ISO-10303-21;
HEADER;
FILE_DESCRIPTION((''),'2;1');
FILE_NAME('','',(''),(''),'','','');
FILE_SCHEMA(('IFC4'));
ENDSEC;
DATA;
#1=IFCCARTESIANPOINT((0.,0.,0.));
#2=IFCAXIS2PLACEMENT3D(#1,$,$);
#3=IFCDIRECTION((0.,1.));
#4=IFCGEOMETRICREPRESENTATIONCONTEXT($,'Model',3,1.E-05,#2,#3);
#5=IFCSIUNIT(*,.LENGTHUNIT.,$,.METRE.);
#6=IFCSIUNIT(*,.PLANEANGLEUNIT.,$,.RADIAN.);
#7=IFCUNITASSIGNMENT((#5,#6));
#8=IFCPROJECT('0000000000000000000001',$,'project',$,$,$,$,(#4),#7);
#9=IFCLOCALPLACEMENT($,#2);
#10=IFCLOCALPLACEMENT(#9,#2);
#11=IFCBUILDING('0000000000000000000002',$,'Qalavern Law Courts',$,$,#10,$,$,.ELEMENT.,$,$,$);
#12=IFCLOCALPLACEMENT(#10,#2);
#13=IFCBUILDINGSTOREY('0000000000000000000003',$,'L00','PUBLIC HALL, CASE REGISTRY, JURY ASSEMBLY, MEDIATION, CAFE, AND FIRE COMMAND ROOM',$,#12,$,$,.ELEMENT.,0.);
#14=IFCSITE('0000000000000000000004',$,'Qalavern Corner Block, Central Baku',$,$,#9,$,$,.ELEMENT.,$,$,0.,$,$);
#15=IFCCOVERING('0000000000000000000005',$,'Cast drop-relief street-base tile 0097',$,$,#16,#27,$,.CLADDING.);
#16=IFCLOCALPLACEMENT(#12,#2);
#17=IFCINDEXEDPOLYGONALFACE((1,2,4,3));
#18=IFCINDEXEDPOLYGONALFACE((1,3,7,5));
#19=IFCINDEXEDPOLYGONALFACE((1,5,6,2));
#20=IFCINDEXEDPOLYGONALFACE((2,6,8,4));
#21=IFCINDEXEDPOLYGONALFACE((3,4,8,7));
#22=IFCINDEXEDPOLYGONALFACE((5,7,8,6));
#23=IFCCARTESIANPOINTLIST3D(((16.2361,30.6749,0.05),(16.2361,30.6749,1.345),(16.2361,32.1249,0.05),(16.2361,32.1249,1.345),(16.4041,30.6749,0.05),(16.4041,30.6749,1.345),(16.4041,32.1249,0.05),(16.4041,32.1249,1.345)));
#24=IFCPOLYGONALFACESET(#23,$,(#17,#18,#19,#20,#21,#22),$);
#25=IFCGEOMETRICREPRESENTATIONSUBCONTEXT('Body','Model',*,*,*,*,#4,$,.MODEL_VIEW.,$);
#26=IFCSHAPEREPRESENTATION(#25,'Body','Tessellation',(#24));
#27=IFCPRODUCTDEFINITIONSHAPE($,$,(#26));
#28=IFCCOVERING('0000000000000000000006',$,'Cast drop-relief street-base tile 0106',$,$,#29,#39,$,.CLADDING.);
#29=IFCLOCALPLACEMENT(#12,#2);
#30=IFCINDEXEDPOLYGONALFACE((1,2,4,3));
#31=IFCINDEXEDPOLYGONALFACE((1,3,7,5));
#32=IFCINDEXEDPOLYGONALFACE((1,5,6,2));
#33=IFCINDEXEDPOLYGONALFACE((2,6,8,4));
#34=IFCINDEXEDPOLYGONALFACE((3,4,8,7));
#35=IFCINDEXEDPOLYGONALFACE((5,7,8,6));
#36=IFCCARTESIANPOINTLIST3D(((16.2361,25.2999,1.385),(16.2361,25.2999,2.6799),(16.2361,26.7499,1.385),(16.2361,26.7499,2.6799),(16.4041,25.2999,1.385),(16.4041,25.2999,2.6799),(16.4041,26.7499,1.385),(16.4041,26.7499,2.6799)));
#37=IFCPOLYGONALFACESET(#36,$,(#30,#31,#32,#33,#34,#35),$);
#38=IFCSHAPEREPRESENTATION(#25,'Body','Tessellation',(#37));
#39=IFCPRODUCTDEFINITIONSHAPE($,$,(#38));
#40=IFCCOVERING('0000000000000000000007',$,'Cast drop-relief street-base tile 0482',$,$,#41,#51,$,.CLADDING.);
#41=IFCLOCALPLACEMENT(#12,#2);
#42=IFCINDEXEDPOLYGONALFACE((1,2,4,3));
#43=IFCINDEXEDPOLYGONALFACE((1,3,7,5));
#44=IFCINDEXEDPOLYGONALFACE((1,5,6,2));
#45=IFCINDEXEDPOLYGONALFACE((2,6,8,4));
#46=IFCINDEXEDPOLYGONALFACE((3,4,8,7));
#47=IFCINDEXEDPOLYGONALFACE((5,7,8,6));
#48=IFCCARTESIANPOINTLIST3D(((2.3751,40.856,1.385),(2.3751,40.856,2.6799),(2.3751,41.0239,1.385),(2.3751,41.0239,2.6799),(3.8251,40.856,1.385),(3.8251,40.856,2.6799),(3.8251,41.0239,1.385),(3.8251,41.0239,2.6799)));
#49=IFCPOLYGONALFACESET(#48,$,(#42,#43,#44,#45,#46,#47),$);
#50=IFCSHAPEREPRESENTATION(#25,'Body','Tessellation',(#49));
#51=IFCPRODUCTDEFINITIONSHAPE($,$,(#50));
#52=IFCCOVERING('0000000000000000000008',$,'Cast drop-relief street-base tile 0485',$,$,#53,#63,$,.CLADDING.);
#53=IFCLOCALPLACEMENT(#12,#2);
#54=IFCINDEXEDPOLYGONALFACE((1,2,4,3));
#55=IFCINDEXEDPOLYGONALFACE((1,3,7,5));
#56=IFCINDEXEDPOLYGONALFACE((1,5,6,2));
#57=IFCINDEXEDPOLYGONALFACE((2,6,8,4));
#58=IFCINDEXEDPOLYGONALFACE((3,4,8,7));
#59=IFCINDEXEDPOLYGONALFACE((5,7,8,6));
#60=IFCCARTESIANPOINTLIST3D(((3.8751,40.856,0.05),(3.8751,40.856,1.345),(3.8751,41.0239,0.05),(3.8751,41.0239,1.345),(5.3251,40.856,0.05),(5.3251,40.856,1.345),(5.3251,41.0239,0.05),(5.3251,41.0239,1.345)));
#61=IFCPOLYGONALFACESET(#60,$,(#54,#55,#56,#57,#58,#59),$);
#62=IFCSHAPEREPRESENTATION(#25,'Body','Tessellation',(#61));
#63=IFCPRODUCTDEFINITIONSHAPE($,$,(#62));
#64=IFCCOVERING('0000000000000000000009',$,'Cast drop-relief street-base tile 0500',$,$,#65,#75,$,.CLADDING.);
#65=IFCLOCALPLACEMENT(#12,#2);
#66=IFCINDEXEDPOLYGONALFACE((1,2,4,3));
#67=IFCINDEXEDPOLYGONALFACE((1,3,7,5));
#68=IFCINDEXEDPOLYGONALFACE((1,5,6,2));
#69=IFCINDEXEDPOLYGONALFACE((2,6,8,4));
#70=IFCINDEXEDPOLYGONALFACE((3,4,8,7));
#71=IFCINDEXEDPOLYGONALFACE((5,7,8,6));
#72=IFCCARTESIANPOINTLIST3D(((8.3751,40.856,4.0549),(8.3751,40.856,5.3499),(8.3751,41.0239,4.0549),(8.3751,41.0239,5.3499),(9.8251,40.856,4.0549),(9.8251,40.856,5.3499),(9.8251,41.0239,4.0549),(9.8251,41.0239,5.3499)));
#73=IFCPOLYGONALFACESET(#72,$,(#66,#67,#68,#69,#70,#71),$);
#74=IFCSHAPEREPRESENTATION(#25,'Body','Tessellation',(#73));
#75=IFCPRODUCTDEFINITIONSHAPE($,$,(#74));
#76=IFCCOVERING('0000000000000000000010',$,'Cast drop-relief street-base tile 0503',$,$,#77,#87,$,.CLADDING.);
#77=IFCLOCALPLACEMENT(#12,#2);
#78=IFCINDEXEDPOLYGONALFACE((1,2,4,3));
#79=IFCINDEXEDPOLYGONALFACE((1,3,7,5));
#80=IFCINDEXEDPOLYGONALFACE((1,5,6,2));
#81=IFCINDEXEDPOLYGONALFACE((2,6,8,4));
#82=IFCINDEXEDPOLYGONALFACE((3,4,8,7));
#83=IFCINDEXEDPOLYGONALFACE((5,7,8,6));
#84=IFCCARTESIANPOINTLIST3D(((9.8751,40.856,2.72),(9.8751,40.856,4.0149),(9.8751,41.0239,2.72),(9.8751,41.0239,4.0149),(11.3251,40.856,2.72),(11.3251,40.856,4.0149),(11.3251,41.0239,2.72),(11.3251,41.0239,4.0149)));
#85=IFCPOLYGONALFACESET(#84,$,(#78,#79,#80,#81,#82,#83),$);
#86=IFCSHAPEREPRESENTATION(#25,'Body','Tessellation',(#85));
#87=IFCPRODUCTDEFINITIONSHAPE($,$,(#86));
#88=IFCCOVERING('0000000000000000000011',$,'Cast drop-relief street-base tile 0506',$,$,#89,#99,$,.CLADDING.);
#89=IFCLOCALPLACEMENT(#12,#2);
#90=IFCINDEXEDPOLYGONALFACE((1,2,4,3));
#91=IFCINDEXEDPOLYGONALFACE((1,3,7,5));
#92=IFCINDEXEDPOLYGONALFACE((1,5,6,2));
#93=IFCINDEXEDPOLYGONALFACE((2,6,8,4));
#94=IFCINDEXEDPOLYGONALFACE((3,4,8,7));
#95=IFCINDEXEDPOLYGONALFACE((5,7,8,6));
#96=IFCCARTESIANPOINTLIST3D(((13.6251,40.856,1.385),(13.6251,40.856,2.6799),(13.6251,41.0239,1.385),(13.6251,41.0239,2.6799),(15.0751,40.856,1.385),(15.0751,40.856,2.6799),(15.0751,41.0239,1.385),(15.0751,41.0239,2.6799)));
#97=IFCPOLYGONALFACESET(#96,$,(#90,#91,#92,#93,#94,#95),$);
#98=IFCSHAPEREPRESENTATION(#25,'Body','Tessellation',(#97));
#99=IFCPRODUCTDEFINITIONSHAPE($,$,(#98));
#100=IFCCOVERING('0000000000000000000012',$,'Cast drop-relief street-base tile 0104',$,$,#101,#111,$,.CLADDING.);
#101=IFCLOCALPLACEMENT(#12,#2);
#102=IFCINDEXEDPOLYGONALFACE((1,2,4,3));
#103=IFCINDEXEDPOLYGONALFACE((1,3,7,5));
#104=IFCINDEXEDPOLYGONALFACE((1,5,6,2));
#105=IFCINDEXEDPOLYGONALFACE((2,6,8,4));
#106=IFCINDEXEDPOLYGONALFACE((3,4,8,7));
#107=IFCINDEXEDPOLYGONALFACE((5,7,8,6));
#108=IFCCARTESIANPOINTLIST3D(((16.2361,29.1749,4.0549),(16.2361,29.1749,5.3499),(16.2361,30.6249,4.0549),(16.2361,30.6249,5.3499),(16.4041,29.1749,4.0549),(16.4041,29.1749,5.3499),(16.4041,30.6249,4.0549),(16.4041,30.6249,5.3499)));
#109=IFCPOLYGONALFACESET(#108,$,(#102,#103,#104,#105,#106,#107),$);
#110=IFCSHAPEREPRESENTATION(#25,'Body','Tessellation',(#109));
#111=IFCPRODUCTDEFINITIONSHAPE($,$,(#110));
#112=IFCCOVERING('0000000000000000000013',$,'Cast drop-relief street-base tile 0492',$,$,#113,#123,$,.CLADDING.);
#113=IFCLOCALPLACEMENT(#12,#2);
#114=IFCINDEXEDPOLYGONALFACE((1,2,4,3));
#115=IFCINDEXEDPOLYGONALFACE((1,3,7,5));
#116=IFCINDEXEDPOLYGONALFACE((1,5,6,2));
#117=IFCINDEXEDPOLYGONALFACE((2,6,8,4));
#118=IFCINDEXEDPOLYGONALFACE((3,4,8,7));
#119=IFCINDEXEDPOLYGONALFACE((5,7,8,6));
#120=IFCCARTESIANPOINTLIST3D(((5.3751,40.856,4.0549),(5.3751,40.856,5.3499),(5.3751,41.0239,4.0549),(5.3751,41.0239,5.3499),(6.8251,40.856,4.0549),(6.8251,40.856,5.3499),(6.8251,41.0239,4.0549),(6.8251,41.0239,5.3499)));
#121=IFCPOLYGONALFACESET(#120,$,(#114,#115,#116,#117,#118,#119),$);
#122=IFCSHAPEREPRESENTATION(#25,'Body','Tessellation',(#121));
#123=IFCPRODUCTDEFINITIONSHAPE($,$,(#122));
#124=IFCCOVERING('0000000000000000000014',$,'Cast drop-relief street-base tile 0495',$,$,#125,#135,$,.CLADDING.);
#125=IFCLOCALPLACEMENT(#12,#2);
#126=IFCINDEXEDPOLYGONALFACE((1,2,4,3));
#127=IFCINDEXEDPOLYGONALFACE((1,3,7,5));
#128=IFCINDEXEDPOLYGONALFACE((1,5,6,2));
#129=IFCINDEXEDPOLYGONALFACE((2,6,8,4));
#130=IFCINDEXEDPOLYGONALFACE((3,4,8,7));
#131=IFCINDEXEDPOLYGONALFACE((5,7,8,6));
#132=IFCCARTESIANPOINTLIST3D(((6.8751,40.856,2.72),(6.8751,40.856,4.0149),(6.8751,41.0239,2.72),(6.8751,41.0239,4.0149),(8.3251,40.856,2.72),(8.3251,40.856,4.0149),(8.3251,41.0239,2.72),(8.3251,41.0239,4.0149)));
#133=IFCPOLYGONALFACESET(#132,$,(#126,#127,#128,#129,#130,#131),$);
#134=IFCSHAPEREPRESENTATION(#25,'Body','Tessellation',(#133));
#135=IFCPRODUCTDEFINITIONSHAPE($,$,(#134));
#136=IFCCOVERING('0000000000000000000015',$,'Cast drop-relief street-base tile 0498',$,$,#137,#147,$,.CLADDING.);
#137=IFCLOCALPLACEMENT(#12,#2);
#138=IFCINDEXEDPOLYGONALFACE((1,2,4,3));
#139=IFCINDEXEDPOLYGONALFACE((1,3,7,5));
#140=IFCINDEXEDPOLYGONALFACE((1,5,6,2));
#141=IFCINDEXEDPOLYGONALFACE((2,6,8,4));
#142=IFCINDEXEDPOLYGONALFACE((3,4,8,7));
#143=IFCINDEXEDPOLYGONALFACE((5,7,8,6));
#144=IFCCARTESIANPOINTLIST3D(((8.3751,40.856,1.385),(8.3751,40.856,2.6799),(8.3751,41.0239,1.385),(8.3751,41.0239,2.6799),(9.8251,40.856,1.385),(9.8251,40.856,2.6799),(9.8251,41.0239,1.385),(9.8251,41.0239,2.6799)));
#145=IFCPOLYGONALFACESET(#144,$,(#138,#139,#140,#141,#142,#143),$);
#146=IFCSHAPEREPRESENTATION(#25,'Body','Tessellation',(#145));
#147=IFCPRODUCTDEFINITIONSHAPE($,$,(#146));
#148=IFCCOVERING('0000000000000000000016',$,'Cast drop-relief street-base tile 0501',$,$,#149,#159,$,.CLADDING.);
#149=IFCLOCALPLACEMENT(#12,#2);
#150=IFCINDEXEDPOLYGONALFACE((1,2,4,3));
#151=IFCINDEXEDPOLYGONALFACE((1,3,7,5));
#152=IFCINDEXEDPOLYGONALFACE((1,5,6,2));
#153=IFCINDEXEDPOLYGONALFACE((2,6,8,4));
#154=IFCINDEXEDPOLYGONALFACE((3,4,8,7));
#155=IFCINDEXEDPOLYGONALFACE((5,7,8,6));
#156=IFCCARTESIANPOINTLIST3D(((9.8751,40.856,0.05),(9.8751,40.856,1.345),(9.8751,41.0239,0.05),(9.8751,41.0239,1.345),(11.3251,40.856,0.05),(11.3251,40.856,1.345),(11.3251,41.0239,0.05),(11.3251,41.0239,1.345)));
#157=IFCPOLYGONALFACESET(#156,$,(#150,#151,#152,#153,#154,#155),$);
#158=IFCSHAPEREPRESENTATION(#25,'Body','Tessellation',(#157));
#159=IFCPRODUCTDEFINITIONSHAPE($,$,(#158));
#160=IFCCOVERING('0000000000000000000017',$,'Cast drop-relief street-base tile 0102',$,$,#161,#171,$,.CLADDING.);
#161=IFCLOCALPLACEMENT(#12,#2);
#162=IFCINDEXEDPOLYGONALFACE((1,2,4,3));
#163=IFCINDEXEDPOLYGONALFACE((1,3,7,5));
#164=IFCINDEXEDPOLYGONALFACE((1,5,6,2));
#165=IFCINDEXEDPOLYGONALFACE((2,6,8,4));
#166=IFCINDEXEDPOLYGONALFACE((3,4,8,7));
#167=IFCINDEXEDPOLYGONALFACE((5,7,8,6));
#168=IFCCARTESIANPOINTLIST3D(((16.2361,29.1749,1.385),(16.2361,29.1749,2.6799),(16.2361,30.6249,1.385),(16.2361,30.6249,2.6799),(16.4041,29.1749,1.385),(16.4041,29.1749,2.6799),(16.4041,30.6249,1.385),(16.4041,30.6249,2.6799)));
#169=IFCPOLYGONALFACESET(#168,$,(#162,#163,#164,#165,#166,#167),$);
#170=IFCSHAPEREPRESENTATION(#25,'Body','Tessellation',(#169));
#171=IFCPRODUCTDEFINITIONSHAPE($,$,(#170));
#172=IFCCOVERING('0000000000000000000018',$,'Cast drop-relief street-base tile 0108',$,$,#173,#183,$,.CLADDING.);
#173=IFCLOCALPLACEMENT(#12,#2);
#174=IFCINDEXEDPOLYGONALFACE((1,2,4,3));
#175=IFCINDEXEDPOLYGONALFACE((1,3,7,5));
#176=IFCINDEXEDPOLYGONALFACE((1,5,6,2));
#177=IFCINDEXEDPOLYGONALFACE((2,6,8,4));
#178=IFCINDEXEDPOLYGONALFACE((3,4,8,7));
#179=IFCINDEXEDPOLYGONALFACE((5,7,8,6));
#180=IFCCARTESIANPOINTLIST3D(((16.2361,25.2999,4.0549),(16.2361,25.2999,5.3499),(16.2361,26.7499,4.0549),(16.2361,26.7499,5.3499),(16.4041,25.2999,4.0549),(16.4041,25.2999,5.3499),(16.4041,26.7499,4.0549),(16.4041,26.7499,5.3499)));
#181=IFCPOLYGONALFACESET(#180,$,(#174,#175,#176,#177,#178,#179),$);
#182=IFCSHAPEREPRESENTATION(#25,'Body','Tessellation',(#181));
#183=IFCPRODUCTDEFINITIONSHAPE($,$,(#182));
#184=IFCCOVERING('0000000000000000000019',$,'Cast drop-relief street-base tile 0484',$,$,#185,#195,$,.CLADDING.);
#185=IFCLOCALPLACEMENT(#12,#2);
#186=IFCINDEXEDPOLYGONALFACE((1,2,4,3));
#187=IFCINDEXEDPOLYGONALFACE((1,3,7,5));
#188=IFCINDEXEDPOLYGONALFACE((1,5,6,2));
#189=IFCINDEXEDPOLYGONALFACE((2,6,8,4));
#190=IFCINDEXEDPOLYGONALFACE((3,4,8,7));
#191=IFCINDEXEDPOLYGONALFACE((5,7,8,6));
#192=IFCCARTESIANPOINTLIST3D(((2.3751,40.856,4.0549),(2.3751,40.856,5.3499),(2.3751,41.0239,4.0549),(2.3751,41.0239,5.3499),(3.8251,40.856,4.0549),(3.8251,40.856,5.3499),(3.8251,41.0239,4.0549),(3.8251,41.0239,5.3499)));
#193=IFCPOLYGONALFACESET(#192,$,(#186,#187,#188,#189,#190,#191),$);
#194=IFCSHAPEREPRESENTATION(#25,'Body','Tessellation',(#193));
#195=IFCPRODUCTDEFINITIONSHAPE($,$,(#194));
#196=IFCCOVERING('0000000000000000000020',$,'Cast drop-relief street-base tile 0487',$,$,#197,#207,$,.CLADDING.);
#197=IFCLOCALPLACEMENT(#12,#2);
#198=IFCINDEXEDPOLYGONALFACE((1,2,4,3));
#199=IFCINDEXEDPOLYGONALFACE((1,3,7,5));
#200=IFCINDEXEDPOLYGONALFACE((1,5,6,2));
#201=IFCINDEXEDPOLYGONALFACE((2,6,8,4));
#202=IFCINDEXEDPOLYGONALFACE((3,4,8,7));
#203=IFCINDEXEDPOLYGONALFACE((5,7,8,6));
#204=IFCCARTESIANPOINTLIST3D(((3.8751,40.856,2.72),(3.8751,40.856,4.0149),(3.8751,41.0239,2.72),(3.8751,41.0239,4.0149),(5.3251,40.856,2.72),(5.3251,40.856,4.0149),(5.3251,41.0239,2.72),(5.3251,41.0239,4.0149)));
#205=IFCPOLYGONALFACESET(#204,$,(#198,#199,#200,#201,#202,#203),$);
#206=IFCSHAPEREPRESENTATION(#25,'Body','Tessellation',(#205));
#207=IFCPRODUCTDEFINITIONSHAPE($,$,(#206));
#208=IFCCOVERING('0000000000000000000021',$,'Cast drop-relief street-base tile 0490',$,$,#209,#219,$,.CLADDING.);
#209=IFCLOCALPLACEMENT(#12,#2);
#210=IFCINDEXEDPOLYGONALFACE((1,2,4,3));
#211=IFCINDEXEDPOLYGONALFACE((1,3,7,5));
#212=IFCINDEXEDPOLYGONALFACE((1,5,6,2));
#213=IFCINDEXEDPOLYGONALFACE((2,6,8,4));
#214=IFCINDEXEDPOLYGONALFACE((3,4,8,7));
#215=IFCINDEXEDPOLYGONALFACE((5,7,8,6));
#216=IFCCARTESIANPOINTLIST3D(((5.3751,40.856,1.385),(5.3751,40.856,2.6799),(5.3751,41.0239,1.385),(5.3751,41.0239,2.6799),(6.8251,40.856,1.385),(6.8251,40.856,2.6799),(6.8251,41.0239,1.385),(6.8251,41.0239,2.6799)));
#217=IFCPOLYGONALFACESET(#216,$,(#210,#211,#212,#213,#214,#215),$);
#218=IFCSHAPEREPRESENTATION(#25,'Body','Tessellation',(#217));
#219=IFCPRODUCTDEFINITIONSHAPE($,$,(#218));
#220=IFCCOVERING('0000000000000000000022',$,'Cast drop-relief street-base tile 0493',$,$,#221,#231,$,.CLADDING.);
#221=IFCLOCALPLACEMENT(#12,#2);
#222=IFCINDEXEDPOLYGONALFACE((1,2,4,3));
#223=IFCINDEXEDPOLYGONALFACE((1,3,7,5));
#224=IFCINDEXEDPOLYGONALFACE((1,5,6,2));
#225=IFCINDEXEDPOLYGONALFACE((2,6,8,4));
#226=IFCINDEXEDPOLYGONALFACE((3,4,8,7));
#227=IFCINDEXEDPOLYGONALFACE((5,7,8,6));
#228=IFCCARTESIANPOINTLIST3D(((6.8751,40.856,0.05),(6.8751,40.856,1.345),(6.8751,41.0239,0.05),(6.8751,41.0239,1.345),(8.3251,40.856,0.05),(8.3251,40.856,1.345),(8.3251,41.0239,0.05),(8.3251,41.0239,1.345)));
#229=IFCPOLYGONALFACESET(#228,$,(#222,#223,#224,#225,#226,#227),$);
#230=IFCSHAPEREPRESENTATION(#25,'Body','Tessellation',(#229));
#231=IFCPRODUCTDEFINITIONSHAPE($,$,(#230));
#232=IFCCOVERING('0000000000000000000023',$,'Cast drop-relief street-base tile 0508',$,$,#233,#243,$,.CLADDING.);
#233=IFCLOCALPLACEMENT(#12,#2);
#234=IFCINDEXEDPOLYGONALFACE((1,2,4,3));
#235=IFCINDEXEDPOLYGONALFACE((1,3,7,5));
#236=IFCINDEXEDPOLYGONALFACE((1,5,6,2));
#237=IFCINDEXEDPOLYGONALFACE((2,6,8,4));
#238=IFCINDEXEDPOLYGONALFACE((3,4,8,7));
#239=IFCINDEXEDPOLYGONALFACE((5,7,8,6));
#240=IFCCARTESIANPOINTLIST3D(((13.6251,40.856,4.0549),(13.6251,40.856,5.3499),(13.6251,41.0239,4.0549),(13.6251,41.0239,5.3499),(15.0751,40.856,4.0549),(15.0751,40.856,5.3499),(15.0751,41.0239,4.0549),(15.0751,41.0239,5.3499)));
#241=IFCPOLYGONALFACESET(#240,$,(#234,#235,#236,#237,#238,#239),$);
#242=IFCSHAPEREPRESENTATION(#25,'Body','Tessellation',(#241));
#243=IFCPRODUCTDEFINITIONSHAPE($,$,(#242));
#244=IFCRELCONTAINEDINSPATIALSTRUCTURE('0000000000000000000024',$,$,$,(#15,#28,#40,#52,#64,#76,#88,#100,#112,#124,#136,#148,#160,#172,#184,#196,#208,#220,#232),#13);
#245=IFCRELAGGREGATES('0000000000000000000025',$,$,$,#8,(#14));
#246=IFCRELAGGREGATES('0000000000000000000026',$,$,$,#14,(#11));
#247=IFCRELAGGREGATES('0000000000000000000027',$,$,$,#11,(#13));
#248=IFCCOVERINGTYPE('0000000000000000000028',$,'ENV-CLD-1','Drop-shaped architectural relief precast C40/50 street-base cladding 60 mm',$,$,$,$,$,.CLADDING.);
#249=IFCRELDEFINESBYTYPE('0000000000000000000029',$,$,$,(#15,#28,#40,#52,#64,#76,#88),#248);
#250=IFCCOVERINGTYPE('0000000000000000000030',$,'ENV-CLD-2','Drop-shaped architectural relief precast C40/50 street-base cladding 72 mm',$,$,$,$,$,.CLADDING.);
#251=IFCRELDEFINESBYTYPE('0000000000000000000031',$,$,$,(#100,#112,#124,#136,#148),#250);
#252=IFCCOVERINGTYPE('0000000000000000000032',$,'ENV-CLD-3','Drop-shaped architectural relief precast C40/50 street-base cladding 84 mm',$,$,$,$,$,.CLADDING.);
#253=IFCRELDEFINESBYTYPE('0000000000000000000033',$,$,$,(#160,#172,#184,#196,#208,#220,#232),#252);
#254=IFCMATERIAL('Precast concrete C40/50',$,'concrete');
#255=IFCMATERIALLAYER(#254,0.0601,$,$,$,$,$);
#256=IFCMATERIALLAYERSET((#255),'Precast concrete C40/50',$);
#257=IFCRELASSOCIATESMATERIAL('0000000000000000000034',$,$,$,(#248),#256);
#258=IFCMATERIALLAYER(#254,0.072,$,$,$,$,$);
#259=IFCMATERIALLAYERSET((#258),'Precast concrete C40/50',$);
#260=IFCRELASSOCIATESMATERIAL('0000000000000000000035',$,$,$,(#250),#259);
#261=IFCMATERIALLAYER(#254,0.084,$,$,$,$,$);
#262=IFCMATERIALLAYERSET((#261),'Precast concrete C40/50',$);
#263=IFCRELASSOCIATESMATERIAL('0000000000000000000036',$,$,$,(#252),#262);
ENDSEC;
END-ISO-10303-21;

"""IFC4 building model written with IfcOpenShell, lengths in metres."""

from ifc_helpers import new_model, si_unit, direction, frame, origin, origin_2d, place, context, subcontext, project, spatial, rectangle, extrude, material, layer, layer_set, type_object, element, save


model = new_model("IFC4")

# Units and contexts
model_context = context("Model", 3, precision=1e-05, world=origin(), true_north=direction((0.0, 1.0)))
body_context = subcontext(model_context, "Body", "Model", "MODEL_VIEW")
ifc_project = project(units=[si_unit("LENGTHUNIT", "METRE"), si_unit("PLANEANGLEUNIT", "RADIAN")], contexts=[model_context])

# Site, building, storey
site_placement = place(None, origin())
site = spatial("IfcSite", under=ifc_project, at=site_placement, Name="Qalavern Corner Block, Central Baku", CompositionType="ELEMENT", RefElevation=0.0)
building_placement = place(site_placement, origin())
building = spatial("IfcBuilding", under=site, at=building_placement, Name="Qalavern Law Courts", CompositionType="ELEMENT")
storey_placement = place(building_placement, origin())
storey = spatial("IfcBuildingStorey", under=building, at=storey_placement, Name="L00", Description="PUBLIC HALL, CASE REGISTRY, JURY ASSEMBLY, MEDIATION, CAFE, AND FIRE COMMAND ROOM", CompositionType="ELEMENT", Elevation=0.0)

# Coverings
ifc_material = material(Name="Precast concrete C40/50", Category="concrete")
ifc_layer_1 = layer(ifc_material, 0.0601)
ifc_layer_set_1 = layer_set([ifc_layer_1], Name="Precast concrete C40/50")
covering_type_1 = type_object("IfcCoveringType", Name="ENV-CLD-1", Description="Drop-shaped architectural relief precast C40/50 street-base cladding 60 mm", PredefinedType="CLADDING", material=ifc_layer_set_1)
for number, where, z_axis, x_axis, name in (
    (1, (16.3201, 31.3999, 0.05), (0.0, 0.0, 1.0), (0.0, -1.0, 0.0), "Cast drop-relief street-base tile 0097"),
    (2, (16.3201, 26.0249, 1.385), (0.0, 0.0, 1.0), (0.0, -1.0, 0.0), "Cast drop-relief street-base tile 0106"),
    (3, (3.1001, 40.9399, 1.385), (0.0, 0.0, 1.0), (1.0, 0.0, 0.0), "Cast drop-relief street-base tile 0482"),
    (4, (4.6001, 40.9399, 0.05), (0.0, 0.0, 1.0), (1.0, 0.0, 0.0), "Cast drop-relief street-base tile 0485"),
    (5, (9.1001, 40.9399, 4.0549), (0.0, 0.0, 1.0), (1.0, 0.0, 0.0), "Cast drop-relief street-base tile 0500"),
    (6, (10.6001, 40.9399, 2.72), (0.0, 0.0, 1.0), (1.0, 0.0, 0.0), "Cast drop-relief street-base tile 0503"),
    (7, (14.3501, 40.9399, 1.385), (0.0, 0.0, 1.0), (1.0, 0.0, 0.0), "Cast drop-relief street-base tile 0506"),
):
    element("IfcCovering", number, at=place(storey_placement, frame(where, z_axis=z_axis, x_axis=x_axis)), inside=storey, type_object=covering_type_1, Name=name, PredefinedType="CLADDING", context=body_context, shape_type="SweptSolid", body=[
        extrude(rectangle(XDim=1.45, YDim=0.168, at=origin_2d()), origin(), (0.0, 0.0, 1.0), 1.2949),
    ])
ifc_layer_2 = layer(ifc_material, 0.072)
ifc_layer_set_2 = layer_set([ifc_layer_2], Name="Precast concrete C40/50")
covering_type_2 = type_object("IfcCoveringType", Name="ENV-CLD-2", Description="Drop-shaped architectural relief precast C40/50 street-base cladding 72 mm", PredefinedType="CLADDING", material=ifc_layer_set_2)
for number, where, z_axis, x_axis, name in (
    (8, (16.3201, 29.8999, 4.0549), (0.0, 0.0, 1.0), (0.0, -1.0, 0.0), "Cast drop-relief street-base tile 0104"),
    (9, (6.1001, 40.9399, 4.0549), (0.0, 0.0, 1.0), (1.0, 0.0, 0.0), "Cast drop-relief street-base tile 0492"),
    (10, (7.6001, 40.9399, 2.72), (0.0, 0.0, 1.0), (1.0, 0.0, 0.0), "Cast drop-relief street-base tile 0495"),
    (11, (9.1001, 40.9399, 1.385), (0.0, 0.0, 1.0), (1.0, 0.0, 0.0), "Cast drop-relief street-base tile 0498"),
    (12, (10.6001, 40.9399, 0.05), (0.0, 0.0, 1.0), (1.0, 0.0, 0.0), "Cast drop-relief street-base tile 0501"),
):
    element("IfcCovering", number, at=place(storey_placement, frame(where, z_axis=z_axis, x_axis=x_axis)), inside=storey, type_object=covering_type_2, Name=name, PredefinedType="CLADDING", context=body_context, shape_type="SweptSolid", body=[
        extrude(rectangle(XDim=1.45, YDim=0.168, at=origin_2d()), origin(), (0.0, 0.0, 1.0), 1.2949),
    ])
ifc_layer_3 = layer(ifc_material, 0.084)
ifc_layer_set_3 = layer_set([ifc_layer_3], Name="Precast concrete C40/50")
covering_type_3 = type_object("IfcCoveringType", Name="ENV-CLD-3", Description="Drop-shaped architectural relief precast C40/50 street-base cladding 84 mm", PredefinedType="CLADDING", material=ifc_layer_set_3)
for number, where, z_axis, x_axis, name in (
    (13, (16.3201, 29.8999, 1.385), (0.0, 0.0, 1.0), (0.0, -1.0, 0.0), "Cast drop-relief street-base tile 0102"),
    (14, (16.3201, 26.0249, 4.0549), (0.0, 0.0, 1.0), (0.0, -1.0, 0.0), "Cast drop-relief street-base tile 0108"),
    (15, (3.1001, 40.9399, 4.0549), (0.0, 0.0, 1.0), (1.0, 0.0, 0.0), "Cast drop-relief street-base tile 0484"),
    (16, (4.6001, 40.9399, 2.72), (0.0, 0.0, 1.0), (1.0, 0.0, 0.0), "Cast drop-relief street-base tile 0487"),
    (17, (6.1001, 40.9399, 1.385), (0.0, 0.0, 1.0), (1.0, 0.0, 0.0), "Cast drop-relief street-base tile 0490"),
    (18, (7.6001, 40.9399, 0.05), (0.0, 0.0, 1.0), (1.0, 0.0, 0.0), "Cast drop-relief street-base tile 0493"),
    (19, (14.3501, 40.9399, 4.0549), (0.0, 0.0, 1.0), (1.0, 0.0, 0.0), "Cast drop-relief street-base tile 0508"),
):
    element("IfcCovering", number, at=place(storey_placement, frame(where, z_axis=z_axis, x_axis=x_axis)), inside=storey, type_object=covering_type_3, Name=name, PredefinedType="CLADDING", context=body_context, shape_type="SweptSolid", body=[
        extrude(rectangle(XDim=1.45, YDim=0.168, at=origin_2d()), origin(), (0.0, 0.0, 1.0), 1.2949),
    ])

save(model, "model.ifc")
